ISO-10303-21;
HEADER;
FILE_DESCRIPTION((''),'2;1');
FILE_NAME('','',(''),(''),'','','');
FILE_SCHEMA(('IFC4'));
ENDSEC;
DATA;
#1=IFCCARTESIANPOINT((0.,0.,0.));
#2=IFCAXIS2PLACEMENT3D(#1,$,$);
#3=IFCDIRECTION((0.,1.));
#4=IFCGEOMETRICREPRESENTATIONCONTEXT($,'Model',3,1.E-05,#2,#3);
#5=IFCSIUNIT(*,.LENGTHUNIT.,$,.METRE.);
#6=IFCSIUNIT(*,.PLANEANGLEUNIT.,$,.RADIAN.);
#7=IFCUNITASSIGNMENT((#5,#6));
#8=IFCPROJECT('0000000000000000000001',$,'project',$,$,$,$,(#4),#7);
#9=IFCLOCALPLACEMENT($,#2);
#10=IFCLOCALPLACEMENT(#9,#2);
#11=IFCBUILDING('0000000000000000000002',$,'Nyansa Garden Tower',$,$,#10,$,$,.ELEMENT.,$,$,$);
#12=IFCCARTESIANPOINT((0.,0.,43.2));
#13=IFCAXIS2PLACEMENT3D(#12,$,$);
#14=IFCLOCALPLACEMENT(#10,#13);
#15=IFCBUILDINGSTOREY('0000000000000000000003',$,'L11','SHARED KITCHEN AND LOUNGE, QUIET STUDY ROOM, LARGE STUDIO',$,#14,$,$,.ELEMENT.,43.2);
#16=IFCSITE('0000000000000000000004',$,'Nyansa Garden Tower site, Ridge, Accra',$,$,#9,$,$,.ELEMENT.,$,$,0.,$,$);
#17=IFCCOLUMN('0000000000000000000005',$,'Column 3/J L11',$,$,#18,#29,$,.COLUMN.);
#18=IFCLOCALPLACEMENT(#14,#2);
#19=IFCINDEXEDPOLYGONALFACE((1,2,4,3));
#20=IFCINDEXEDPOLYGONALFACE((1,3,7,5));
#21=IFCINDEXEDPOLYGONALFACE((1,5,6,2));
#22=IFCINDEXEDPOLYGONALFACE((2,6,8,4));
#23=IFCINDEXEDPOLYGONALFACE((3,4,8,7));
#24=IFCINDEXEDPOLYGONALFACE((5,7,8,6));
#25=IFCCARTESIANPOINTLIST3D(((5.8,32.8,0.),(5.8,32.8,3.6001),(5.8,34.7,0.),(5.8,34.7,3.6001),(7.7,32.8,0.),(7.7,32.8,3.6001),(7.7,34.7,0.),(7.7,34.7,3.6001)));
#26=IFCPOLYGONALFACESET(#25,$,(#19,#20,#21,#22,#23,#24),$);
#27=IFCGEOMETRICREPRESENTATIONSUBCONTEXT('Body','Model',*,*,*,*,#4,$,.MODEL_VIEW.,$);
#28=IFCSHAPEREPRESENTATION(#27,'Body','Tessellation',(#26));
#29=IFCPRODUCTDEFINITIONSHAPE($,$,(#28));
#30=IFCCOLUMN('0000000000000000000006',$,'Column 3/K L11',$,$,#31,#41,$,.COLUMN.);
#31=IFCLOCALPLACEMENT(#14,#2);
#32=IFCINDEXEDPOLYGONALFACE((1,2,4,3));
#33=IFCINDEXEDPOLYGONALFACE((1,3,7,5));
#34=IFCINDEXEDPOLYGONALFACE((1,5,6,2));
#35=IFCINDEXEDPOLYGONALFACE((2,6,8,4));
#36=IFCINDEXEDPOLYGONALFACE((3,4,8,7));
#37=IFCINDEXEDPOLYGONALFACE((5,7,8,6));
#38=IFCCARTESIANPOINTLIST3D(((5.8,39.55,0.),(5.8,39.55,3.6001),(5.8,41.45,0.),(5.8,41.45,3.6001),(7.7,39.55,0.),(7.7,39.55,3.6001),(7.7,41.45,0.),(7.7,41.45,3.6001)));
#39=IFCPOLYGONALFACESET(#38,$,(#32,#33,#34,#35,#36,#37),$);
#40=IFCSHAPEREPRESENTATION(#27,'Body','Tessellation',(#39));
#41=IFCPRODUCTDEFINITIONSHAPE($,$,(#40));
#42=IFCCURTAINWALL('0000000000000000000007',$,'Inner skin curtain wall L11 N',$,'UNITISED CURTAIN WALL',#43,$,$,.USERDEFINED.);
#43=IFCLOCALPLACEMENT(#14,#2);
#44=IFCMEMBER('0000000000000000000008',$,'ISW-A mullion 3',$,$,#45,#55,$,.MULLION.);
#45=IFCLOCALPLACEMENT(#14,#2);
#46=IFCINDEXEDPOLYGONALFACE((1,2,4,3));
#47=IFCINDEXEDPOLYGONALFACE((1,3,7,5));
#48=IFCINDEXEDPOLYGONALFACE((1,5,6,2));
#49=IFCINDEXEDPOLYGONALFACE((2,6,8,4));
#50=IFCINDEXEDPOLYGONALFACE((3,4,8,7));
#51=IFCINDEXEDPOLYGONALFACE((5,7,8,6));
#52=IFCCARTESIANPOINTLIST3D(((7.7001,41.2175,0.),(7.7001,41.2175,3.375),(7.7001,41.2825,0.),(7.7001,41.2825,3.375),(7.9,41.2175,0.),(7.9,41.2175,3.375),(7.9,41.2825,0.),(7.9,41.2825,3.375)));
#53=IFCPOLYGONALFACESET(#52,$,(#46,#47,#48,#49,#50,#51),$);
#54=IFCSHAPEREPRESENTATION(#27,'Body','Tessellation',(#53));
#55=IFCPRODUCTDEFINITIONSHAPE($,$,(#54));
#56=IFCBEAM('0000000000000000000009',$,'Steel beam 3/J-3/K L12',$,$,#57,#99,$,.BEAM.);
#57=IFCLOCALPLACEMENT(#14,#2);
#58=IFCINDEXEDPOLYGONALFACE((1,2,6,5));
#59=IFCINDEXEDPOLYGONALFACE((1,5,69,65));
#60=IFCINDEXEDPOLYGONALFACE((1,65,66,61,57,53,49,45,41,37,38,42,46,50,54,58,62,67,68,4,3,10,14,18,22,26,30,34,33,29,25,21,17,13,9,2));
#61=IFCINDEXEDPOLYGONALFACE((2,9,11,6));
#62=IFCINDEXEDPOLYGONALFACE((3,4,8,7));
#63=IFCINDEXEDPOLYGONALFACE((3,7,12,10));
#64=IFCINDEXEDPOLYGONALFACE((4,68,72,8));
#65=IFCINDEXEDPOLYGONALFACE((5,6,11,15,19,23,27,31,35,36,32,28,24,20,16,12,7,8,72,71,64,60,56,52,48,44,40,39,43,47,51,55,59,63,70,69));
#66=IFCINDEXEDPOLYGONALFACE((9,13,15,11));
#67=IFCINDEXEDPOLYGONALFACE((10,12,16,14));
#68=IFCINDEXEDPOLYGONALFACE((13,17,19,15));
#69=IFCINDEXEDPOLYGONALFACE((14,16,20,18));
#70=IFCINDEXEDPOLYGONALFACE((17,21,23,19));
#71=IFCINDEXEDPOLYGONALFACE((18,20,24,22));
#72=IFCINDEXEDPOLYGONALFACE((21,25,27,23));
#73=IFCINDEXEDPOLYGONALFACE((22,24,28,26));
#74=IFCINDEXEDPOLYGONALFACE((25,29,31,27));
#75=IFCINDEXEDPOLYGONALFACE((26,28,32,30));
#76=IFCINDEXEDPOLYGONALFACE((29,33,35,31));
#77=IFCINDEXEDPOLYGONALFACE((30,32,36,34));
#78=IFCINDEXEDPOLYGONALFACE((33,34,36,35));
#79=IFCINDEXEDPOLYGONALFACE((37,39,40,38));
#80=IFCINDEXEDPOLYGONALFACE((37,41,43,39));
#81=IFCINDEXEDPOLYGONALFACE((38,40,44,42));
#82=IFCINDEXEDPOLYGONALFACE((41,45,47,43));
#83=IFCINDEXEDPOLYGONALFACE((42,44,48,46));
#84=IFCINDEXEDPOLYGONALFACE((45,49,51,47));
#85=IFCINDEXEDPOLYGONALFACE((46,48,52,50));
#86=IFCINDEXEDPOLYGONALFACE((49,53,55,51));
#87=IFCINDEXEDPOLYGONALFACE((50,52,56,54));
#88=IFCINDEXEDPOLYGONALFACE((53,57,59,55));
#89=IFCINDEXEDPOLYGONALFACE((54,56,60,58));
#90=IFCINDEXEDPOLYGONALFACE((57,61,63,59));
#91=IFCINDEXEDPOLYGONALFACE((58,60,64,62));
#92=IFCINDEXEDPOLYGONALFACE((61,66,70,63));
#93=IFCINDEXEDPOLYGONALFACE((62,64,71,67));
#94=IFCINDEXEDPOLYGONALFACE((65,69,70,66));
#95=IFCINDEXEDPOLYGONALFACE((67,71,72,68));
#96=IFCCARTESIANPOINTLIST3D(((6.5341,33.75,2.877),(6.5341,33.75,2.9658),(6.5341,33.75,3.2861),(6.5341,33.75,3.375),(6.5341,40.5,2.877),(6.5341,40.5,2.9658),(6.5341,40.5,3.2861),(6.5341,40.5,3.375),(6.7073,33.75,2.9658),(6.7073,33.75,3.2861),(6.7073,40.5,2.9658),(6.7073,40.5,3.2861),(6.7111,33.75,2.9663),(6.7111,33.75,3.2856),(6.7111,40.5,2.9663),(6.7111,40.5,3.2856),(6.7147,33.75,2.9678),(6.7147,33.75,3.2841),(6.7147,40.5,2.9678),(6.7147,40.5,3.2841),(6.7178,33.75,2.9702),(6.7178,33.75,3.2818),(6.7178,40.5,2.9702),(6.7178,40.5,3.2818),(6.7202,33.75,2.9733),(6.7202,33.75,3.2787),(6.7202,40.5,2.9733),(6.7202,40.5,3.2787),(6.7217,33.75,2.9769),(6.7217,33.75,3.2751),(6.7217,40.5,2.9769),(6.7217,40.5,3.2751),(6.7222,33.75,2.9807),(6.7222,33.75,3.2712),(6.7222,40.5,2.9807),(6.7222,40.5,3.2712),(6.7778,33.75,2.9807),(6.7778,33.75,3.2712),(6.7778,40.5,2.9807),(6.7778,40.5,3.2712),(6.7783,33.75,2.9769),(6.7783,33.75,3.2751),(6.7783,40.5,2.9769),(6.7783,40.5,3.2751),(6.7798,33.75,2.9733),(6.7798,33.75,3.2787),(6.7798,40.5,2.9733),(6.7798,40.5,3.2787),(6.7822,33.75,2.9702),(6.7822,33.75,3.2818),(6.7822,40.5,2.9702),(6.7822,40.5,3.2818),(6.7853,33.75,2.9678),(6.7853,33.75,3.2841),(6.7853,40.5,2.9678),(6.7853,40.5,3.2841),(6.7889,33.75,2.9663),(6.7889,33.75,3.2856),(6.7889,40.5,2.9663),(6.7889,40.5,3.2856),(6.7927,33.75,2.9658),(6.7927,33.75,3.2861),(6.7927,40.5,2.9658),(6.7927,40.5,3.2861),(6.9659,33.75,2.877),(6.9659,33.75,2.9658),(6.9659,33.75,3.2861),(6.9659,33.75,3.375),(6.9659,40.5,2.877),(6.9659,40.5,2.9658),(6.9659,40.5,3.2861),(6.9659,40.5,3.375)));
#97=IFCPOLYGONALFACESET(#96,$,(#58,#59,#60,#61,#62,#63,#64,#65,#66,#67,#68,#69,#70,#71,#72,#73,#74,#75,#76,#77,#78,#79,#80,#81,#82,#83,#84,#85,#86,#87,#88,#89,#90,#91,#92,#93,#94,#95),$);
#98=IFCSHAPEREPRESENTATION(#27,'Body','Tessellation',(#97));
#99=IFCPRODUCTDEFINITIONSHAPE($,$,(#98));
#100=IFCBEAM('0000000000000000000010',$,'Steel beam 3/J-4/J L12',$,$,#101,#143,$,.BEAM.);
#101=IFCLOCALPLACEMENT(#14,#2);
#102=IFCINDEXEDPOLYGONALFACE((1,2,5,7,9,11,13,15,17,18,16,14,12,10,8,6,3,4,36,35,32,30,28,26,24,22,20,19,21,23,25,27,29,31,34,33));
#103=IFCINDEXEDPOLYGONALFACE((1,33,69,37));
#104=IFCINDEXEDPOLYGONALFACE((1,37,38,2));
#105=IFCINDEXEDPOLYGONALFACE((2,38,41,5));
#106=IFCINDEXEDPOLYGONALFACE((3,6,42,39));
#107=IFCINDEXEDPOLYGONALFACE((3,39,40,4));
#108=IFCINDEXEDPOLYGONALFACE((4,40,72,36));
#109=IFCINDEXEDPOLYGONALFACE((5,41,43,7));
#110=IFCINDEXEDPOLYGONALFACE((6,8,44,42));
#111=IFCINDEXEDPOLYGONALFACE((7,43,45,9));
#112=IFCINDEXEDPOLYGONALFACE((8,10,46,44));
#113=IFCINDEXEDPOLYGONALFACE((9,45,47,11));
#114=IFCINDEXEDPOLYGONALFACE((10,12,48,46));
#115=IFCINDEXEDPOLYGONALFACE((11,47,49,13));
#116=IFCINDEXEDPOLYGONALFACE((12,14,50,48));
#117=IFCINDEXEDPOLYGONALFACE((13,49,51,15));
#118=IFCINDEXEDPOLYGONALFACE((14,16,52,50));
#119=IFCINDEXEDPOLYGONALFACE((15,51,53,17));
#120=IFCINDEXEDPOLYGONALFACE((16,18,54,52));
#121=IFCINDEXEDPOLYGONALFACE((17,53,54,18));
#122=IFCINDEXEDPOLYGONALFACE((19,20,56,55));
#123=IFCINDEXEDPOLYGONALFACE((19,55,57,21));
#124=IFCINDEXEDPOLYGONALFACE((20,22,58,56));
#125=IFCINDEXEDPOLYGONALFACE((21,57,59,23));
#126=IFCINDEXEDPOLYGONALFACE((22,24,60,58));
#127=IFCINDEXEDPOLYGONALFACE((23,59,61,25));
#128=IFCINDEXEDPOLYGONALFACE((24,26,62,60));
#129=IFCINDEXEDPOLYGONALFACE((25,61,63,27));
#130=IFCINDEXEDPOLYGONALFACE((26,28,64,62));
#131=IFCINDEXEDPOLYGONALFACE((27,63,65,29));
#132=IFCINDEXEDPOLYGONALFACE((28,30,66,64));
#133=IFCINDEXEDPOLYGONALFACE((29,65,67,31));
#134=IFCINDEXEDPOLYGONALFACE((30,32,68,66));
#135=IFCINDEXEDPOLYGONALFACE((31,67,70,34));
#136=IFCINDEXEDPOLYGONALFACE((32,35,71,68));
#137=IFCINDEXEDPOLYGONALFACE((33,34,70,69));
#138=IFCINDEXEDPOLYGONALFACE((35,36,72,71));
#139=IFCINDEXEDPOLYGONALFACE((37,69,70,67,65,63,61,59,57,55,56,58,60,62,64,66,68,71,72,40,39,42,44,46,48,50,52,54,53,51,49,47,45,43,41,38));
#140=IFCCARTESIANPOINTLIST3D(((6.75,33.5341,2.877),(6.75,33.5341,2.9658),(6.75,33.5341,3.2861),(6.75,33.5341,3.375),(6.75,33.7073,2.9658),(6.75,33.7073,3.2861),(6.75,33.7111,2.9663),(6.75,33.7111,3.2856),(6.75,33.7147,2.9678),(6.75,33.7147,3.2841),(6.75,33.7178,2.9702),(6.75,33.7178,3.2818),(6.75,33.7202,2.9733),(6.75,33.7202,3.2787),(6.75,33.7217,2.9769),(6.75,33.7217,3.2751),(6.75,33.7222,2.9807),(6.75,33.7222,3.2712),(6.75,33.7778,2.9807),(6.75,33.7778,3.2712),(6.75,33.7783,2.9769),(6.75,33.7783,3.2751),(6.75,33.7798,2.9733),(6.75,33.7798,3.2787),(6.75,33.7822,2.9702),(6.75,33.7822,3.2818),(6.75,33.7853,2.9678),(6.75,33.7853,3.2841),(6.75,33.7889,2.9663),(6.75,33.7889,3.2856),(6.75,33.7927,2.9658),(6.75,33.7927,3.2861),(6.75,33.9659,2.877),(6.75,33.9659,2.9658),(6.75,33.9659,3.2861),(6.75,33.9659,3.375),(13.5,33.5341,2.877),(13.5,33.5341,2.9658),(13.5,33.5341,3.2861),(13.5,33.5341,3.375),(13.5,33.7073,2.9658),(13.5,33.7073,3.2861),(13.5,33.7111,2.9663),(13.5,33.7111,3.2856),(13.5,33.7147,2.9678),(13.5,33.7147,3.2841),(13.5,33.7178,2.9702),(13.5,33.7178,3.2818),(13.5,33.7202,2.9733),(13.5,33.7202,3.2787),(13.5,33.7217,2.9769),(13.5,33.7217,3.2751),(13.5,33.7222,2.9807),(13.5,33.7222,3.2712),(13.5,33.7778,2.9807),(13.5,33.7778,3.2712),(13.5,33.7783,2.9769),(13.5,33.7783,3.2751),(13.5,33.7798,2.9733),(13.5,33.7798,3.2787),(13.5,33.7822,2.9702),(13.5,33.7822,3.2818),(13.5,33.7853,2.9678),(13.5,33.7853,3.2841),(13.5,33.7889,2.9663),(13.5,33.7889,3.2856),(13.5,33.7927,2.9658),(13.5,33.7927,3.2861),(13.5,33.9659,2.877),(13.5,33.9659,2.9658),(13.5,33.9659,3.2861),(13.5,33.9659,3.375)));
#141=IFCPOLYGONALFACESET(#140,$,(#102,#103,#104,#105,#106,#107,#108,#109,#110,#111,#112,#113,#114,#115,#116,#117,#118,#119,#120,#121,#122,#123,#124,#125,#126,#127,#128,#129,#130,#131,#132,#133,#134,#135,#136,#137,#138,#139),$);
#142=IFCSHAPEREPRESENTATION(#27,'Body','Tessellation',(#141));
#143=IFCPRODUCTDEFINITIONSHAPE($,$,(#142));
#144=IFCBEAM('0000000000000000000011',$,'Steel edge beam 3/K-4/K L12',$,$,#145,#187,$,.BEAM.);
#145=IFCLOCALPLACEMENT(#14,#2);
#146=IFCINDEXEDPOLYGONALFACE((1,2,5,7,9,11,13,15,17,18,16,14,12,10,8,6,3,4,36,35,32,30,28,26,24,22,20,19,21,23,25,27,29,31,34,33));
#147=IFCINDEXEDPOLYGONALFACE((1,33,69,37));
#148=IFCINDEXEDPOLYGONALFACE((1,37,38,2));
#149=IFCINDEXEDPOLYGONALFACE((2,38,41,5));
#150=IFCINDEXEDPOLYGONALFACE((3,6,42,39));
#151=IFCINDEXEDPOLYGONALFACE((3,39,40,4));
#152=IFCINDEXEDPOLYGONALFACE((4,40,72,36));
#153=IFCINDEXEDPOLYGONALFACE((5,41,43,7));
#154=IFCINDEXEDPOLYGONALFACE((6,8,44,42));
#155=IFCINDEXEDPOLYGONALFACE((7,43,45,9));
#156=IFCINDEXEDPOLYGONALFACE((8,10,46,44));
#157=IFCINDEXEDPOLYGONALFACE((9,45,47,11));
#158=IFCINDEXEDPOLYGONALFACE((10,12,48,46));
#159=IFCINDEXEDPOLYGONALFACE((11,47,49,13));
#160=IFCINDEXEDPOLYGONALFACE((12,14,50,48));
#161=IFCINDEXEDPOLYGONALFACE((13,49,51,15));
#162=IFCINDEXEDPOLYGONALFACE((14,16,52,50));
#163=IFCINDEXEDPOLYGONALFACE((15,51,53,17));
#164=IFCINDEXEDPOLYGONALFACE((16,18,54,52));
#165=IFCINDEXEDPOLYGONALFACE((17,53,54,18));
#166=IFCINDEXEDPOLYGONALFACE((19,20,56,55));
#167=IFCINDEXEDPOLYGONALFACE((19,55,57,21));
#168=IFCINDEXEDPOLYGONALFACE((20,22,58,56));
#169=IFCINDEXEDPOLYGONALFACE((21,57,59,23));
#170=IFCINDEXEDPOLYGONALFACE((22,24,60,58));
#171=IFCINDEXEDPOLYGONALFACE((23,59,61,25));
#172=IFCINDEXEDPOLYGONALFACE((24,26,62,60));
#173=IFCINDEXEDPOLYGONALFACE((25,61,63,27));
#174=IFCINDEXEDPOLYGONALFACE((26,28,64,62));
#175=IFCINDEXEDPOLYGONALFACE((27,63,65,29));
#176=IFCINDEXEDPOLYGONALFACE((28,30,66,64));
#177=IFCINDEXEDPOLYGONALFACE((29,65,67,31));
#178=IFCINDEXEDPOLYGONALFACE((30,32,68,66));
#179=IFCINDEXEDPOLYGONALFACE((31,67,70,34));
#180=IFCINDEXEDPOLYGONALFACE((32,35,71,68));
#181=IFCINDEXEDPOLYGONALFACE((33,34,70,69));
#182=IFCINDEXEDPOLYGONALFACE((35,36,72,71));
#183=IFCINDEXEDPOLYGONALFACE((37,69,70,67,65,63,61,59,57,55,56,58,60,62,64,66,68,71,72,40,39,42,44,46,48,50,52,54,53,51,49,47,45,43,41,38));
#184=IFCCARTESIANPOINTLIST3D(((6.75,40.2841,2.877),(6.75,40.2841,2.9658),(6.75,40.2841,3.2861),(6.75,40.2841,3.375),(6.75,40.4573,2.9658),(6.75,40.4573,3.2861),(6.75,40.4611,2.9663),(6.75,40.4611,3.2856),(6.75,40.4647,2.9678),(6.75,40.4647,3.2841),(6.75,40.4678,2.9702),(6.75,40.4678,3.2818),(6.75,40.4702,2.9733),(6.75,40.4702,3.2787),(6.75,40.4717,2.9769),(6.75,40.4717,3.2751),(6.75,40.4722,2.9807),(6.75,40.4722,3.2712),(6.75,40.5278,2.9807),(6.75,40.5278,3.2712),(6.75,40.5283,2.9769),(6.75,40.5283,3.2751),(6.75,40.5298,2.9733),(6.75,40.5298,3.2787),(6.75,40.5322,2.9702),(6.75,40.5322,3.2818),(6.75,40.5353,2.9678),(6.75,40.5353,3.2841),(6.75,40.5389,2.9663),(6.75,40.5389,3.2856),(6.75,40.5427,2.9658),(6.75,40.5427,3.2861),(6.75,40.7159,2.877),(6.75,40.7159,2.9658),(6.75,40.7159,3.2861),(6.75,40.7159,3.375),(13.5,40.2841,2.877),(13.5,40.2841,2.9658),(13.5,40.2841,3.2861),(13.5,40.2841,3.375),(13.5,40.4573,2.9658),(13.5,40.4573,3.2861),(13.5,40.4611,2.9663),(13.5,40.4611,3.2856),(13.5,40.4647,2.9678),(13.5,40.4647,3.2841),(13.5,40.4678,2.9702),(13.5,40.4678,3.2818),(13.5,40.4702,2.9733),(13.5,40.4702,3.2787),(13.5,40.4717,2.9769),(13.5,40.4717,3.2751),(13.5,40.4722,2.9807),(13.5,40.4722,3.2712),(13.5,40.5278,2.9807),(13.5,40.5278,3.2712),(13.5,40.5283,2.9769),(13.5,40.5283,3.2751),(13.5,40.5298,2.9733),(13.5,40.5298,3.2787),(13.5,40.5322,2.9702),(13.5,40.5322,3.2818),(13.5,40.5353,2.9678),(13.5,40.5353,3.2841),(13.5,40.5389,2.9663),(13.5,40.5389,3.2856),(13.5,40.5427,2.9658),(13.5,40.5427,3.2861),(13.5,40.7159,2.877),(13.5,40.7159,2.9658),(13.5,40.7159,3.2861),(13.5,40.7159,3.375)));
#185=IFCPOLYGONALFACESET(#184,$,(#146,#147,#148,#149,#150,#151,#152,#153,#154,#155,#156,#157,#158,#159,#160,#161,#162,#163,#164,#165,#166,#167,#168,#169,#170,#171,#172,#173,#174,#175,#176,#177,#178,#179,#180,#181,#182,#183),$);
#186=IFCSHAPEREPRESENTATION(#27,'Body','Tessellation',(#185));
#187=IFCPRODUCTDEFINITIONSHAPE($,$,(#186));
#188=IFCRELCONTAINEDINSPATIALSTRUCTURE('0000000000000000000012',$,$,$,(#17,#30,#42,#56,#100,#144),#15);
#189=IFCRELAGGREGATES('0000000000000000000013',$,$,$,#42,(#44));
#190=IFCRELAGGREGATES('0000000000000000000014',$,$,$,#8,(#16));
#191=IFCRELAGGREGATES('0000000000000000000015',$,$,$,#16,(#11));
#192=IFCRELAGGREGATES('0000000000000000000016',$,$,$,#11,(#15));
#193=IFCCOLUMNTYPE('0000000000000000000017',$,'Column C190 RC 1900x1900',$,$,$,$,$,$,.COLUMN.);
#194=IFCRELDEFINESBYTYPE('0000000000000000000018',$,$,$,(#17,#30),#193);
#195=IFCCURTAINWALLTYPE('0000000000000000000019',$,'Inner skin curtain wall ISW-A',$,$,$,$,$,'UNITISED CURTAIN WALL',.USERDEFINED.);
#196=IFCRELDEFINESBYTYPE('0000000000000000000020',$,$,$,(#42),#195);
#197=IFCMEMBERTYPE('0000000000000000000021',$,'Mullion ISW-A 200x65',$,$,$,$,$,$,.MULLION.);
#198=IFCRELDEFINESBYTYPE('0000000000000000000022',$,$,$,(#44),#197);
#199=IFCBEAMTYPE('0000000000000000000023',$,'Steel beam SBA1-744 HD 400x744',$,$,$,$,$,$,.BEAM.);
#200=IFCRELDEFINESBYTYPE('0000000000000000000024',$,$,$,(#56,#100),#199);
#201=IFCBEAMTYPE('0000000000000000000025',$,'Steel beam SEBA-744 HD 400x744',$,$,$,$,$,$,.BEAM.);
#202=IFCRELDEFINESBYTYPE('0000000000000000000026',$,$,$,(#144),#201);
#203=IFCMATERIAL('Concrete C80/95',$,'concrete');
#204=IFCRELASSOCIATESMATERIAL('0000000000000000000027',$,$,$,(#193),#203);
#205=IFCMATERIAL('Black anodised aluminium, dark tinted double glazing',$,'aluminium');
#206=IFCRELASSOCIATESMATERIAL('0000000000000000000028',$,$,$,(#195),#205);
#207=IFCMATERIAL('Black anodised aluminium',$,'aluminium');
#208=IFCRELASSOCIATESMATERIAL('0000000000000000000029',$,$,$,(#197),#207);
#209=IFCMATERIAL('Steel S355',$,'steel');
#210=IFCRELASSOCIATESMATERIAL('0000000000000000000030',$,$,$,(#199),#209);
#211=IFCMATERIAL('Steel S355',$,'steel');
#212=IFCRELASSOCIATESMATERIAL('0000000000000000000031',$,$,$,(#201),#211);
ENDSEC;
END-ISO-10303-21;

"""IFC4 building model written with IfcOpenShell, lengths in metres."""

from ifc_helpers import new_model, si_unit, direction, frame, origin, origin_2d, place, context, subcontext, project, spatial, rectangle, i_section, extrude, material, material_profile, profile_set, type_object, element, aggregate, save


model = new_model("IFC4")

# Units and contexts
model_context = context("Model", 3, precision=1e-05, world=origin(), true_north=direction((0.0, 1.0)))
body_context = subcontext(model_context, "Body", "Model", "MODEL_VIEW")
ifc_project = project(units=[si_unit("LENGTHUNIT", "METRE"), si_unit("PLANEANGLEUNIT", "RADIAN")], contexts=[model_context])

# Site, building, storey
site_placement = place(None, origin())
site = spatial("IfcSite", under=ifc_project, at=site_placement, Name="Nyansa Garden Tower site, Ridge, Accra", CompositionType="ELEMENT", RefElevation=0.0)
building_placement = place(site_placement, origin())
building = spatial("IfcBuilding", under=site, at=building_placement, Name="Nyansa Garden Tower", CompositionType="ELEMENT")
storey_placement = place(building_placement, frame((0.0, 0.0, 43.2)))
storey = spatial("IfcBuildingStorey", under=building, at=storey_placement, Name="L11", Description="SHARED KITCHEN AND LOUNGE, QUIET STUDY ROOM, LARGE STUDIO", CompositionType="ELEMENT", Elevation=43.2)

# Columns
ifc_material_1 = material(Name="Concrete C80/95", Category="concrete")
ifc_material_profile_1 = material_profile(ifc_material_1, rectangle(XDim=1.8999, YDim=1.8999, at=origin_2d()), Name="RC 1900x1900")
ifc_profile_set_1 = profile_set([ifc_material_profile_1], Name="Concrete C80/95")
column_type = type_object("IfcColumnType", Name="Column C190 RC 1900x1900", PredefinedType="COLUMN", material=ifc_profile_set_1)
for number, where, z_axis, x_axis, name in (
    (1, (6.75, 33.75, 0.0), (0.0, 0.0, 1.0), (1.0, 0.0, 0.0), "Column 3/J L11"),
    (2, (6.75, 40.5, 0.0), (0.0, 0.0, 1.0), (1.0, 0.0, 0.0), "Column 3/K L11"),
):
    element("IfcColumn", number, at=place(storey_placement, frame(where, z_axis=z_axis, x_axis=x_axis)), inside=storey, type_object=column_type, Name=name, PredefinedType="COLUMN", context=body_context, shape_type="SweptSolid", body=[
        extrude(rectangle(XDim=1.8999, YDim=1.8999, at=origin_2d()), origin(), (0.0, 0.0, 1.0), 3.6001),
    ])

# Curtain wall, member
ifc_material_2 = material(Name="Black anodised aluminium, dark tinted double glazing", Category="aluminium")
curtain_wall_type = type_object("IfcCurtainWallType", Name="Inner skin curtain wall ISW-A", ElementType="UNITISED CURTAIN WALL", PredefinedType="USERDEFINED", material=ifc_material_2)
curtain_wall_placement = place(storey_placement, origin())
curtain_wall = element("IfcCurtainWall", 3, at=curtain_wall_placement, inside=storey, type_object=curtain_wall_type, Name="Inner skin curtain wall L11 N", ObjectType="UNITISED CURTAIN WALL", PredefinedType="USERDEFINED")
ifc_material_3 = material(Name="Black anodised aluminium", Category="aluminium")
ifc_material_profile_2 = material_profile(ifc_material_3, rectangle(XDim=0.0649, YDim=0.2, at=origin_2d()), Name="Mullion 200x65")
ifc_profile_set_2 = profile_set([ifc_material_profile_2], Name="Black anodised aluminium")
member_type_1 = type_object("IfcMemberType", Name="Mullion ISW-A 200x65", PredefinedType="MULLION", material=ifc_profile_set_2)
member_1_placement = place(storey_placement, frame((7.8, 41.25, 0.0), z_axis=(0.0, 0.0, 1.0), x_axis=(0.0, -1.0, 0.0)))
member_1 = element("IfcMember", 4, at=member_1_placement, type_object=member_type_1, Name="ISW-A mullion 3", PredefinedType="MULLION", context=body_context, shape_type="SweptSolid", body=[
    extrude(rectangle(XDim=0.0649, YDim=0.2, at=origin_2d()), origin(), (0.0, 0.0, 1.0), 3.375),
])

# Beams
ifc_material_4 = material(Name="Steel S355", Category="steel")
ifc_material_profile_3 = material_profile(ifc_material_4, i_section(OverallWidth=0.4319, OverallDepth=0.498, WebThickness=0.0557, FlangeThickness=0.0889, FilletRadius=0.0149, at=origin_2d()), Name="HD 400x744")
ifc_profile_set_3 = profile_set([ifc_material_profile_3], Name="Steel S355")
beam_type_1 = type_object("IfcBeamType", Name="Steel beam SBA1-744 HD 400x744", PredefinedType="BEAM", material=ifc_profile_set_3)
for number, where, z_axis, x_axis, name in (
    (5, (6.75, 33.75, 3.126), (0.0, 1.0, 0.0), (-1.0, 0.0, 0.0), "Steel beam 3/J-3/K L12"),
    (6, (6.75, 33.75, 3.126), (1.0, 0.0, 0.0), (0.0, 1.0, 0.0), "Steel beam 3/J-4/J L12"),
):
    element("IfcBeam", number, at=place(storey_placement, frame(where, z_axis=z_axis, x_axis=x_axis)), inside=storey, type_object=beam_type_1, Name=name, PredefinedType="BEAM", context=body_context, shape_type="SweptSolid", body=[
        extrude(i_section(OverallWidth=0.4319, OverallDepth=0.498, WebThickness=0.0557, FlangeThickness=0.0889, FilletRadius=0.0149, at=origin_2d()), origin(), (0.0, 0.0, 1.0), 6.75),
    ])
ifc_material_5 = material(Name="Steel S355", Category="steel")
ifc_material_profile_4 = material_profile(ifc_material_5, i_section(OverallWidth=0.4319, OverallDepth=0.498, WebThickness=0.0557, FlangeThickness=0.0889, FilletRadius=0.0149, at=origin_2d()), Name="HD 400x744")
ifc_profile_set_4 = profile_set([ifc_material_profile_4], Name="Steel S355")
beam_type_2 = type_object("IfcBeamType", Name="Steel beam SEBA-744 HD 400x744", PredefinedType="BEAM", material=ifc_profile_set_4)
beam_placement = place(storey_placement, frame((6.75, 40.5, 3.126), z_axis=(1.0, 0.0, 0.0), x_axis=(0.0, 1.0, 0.0)))
element("IfcBeam", 7, at=beam_placement, inside=storey, type_object=beam_type_2, Name="Steel edge beam 3/K-4/K L12", PredefinedType="BEAM", context=body_context, shape_type="SweptSolid", body=[
    extrude(i_section(OverallWidth=0.4319, OverallDepth=0.498, WebThickness=0.0557, FlangeThickness=0.0889, FilletRadius=0.0149, at=origin_2d()), origin(), (0.0, 0.0, 1.0), 6.75),
])

aggregate(curtain_wall, [member_1])

save(model, "model.ifc")
